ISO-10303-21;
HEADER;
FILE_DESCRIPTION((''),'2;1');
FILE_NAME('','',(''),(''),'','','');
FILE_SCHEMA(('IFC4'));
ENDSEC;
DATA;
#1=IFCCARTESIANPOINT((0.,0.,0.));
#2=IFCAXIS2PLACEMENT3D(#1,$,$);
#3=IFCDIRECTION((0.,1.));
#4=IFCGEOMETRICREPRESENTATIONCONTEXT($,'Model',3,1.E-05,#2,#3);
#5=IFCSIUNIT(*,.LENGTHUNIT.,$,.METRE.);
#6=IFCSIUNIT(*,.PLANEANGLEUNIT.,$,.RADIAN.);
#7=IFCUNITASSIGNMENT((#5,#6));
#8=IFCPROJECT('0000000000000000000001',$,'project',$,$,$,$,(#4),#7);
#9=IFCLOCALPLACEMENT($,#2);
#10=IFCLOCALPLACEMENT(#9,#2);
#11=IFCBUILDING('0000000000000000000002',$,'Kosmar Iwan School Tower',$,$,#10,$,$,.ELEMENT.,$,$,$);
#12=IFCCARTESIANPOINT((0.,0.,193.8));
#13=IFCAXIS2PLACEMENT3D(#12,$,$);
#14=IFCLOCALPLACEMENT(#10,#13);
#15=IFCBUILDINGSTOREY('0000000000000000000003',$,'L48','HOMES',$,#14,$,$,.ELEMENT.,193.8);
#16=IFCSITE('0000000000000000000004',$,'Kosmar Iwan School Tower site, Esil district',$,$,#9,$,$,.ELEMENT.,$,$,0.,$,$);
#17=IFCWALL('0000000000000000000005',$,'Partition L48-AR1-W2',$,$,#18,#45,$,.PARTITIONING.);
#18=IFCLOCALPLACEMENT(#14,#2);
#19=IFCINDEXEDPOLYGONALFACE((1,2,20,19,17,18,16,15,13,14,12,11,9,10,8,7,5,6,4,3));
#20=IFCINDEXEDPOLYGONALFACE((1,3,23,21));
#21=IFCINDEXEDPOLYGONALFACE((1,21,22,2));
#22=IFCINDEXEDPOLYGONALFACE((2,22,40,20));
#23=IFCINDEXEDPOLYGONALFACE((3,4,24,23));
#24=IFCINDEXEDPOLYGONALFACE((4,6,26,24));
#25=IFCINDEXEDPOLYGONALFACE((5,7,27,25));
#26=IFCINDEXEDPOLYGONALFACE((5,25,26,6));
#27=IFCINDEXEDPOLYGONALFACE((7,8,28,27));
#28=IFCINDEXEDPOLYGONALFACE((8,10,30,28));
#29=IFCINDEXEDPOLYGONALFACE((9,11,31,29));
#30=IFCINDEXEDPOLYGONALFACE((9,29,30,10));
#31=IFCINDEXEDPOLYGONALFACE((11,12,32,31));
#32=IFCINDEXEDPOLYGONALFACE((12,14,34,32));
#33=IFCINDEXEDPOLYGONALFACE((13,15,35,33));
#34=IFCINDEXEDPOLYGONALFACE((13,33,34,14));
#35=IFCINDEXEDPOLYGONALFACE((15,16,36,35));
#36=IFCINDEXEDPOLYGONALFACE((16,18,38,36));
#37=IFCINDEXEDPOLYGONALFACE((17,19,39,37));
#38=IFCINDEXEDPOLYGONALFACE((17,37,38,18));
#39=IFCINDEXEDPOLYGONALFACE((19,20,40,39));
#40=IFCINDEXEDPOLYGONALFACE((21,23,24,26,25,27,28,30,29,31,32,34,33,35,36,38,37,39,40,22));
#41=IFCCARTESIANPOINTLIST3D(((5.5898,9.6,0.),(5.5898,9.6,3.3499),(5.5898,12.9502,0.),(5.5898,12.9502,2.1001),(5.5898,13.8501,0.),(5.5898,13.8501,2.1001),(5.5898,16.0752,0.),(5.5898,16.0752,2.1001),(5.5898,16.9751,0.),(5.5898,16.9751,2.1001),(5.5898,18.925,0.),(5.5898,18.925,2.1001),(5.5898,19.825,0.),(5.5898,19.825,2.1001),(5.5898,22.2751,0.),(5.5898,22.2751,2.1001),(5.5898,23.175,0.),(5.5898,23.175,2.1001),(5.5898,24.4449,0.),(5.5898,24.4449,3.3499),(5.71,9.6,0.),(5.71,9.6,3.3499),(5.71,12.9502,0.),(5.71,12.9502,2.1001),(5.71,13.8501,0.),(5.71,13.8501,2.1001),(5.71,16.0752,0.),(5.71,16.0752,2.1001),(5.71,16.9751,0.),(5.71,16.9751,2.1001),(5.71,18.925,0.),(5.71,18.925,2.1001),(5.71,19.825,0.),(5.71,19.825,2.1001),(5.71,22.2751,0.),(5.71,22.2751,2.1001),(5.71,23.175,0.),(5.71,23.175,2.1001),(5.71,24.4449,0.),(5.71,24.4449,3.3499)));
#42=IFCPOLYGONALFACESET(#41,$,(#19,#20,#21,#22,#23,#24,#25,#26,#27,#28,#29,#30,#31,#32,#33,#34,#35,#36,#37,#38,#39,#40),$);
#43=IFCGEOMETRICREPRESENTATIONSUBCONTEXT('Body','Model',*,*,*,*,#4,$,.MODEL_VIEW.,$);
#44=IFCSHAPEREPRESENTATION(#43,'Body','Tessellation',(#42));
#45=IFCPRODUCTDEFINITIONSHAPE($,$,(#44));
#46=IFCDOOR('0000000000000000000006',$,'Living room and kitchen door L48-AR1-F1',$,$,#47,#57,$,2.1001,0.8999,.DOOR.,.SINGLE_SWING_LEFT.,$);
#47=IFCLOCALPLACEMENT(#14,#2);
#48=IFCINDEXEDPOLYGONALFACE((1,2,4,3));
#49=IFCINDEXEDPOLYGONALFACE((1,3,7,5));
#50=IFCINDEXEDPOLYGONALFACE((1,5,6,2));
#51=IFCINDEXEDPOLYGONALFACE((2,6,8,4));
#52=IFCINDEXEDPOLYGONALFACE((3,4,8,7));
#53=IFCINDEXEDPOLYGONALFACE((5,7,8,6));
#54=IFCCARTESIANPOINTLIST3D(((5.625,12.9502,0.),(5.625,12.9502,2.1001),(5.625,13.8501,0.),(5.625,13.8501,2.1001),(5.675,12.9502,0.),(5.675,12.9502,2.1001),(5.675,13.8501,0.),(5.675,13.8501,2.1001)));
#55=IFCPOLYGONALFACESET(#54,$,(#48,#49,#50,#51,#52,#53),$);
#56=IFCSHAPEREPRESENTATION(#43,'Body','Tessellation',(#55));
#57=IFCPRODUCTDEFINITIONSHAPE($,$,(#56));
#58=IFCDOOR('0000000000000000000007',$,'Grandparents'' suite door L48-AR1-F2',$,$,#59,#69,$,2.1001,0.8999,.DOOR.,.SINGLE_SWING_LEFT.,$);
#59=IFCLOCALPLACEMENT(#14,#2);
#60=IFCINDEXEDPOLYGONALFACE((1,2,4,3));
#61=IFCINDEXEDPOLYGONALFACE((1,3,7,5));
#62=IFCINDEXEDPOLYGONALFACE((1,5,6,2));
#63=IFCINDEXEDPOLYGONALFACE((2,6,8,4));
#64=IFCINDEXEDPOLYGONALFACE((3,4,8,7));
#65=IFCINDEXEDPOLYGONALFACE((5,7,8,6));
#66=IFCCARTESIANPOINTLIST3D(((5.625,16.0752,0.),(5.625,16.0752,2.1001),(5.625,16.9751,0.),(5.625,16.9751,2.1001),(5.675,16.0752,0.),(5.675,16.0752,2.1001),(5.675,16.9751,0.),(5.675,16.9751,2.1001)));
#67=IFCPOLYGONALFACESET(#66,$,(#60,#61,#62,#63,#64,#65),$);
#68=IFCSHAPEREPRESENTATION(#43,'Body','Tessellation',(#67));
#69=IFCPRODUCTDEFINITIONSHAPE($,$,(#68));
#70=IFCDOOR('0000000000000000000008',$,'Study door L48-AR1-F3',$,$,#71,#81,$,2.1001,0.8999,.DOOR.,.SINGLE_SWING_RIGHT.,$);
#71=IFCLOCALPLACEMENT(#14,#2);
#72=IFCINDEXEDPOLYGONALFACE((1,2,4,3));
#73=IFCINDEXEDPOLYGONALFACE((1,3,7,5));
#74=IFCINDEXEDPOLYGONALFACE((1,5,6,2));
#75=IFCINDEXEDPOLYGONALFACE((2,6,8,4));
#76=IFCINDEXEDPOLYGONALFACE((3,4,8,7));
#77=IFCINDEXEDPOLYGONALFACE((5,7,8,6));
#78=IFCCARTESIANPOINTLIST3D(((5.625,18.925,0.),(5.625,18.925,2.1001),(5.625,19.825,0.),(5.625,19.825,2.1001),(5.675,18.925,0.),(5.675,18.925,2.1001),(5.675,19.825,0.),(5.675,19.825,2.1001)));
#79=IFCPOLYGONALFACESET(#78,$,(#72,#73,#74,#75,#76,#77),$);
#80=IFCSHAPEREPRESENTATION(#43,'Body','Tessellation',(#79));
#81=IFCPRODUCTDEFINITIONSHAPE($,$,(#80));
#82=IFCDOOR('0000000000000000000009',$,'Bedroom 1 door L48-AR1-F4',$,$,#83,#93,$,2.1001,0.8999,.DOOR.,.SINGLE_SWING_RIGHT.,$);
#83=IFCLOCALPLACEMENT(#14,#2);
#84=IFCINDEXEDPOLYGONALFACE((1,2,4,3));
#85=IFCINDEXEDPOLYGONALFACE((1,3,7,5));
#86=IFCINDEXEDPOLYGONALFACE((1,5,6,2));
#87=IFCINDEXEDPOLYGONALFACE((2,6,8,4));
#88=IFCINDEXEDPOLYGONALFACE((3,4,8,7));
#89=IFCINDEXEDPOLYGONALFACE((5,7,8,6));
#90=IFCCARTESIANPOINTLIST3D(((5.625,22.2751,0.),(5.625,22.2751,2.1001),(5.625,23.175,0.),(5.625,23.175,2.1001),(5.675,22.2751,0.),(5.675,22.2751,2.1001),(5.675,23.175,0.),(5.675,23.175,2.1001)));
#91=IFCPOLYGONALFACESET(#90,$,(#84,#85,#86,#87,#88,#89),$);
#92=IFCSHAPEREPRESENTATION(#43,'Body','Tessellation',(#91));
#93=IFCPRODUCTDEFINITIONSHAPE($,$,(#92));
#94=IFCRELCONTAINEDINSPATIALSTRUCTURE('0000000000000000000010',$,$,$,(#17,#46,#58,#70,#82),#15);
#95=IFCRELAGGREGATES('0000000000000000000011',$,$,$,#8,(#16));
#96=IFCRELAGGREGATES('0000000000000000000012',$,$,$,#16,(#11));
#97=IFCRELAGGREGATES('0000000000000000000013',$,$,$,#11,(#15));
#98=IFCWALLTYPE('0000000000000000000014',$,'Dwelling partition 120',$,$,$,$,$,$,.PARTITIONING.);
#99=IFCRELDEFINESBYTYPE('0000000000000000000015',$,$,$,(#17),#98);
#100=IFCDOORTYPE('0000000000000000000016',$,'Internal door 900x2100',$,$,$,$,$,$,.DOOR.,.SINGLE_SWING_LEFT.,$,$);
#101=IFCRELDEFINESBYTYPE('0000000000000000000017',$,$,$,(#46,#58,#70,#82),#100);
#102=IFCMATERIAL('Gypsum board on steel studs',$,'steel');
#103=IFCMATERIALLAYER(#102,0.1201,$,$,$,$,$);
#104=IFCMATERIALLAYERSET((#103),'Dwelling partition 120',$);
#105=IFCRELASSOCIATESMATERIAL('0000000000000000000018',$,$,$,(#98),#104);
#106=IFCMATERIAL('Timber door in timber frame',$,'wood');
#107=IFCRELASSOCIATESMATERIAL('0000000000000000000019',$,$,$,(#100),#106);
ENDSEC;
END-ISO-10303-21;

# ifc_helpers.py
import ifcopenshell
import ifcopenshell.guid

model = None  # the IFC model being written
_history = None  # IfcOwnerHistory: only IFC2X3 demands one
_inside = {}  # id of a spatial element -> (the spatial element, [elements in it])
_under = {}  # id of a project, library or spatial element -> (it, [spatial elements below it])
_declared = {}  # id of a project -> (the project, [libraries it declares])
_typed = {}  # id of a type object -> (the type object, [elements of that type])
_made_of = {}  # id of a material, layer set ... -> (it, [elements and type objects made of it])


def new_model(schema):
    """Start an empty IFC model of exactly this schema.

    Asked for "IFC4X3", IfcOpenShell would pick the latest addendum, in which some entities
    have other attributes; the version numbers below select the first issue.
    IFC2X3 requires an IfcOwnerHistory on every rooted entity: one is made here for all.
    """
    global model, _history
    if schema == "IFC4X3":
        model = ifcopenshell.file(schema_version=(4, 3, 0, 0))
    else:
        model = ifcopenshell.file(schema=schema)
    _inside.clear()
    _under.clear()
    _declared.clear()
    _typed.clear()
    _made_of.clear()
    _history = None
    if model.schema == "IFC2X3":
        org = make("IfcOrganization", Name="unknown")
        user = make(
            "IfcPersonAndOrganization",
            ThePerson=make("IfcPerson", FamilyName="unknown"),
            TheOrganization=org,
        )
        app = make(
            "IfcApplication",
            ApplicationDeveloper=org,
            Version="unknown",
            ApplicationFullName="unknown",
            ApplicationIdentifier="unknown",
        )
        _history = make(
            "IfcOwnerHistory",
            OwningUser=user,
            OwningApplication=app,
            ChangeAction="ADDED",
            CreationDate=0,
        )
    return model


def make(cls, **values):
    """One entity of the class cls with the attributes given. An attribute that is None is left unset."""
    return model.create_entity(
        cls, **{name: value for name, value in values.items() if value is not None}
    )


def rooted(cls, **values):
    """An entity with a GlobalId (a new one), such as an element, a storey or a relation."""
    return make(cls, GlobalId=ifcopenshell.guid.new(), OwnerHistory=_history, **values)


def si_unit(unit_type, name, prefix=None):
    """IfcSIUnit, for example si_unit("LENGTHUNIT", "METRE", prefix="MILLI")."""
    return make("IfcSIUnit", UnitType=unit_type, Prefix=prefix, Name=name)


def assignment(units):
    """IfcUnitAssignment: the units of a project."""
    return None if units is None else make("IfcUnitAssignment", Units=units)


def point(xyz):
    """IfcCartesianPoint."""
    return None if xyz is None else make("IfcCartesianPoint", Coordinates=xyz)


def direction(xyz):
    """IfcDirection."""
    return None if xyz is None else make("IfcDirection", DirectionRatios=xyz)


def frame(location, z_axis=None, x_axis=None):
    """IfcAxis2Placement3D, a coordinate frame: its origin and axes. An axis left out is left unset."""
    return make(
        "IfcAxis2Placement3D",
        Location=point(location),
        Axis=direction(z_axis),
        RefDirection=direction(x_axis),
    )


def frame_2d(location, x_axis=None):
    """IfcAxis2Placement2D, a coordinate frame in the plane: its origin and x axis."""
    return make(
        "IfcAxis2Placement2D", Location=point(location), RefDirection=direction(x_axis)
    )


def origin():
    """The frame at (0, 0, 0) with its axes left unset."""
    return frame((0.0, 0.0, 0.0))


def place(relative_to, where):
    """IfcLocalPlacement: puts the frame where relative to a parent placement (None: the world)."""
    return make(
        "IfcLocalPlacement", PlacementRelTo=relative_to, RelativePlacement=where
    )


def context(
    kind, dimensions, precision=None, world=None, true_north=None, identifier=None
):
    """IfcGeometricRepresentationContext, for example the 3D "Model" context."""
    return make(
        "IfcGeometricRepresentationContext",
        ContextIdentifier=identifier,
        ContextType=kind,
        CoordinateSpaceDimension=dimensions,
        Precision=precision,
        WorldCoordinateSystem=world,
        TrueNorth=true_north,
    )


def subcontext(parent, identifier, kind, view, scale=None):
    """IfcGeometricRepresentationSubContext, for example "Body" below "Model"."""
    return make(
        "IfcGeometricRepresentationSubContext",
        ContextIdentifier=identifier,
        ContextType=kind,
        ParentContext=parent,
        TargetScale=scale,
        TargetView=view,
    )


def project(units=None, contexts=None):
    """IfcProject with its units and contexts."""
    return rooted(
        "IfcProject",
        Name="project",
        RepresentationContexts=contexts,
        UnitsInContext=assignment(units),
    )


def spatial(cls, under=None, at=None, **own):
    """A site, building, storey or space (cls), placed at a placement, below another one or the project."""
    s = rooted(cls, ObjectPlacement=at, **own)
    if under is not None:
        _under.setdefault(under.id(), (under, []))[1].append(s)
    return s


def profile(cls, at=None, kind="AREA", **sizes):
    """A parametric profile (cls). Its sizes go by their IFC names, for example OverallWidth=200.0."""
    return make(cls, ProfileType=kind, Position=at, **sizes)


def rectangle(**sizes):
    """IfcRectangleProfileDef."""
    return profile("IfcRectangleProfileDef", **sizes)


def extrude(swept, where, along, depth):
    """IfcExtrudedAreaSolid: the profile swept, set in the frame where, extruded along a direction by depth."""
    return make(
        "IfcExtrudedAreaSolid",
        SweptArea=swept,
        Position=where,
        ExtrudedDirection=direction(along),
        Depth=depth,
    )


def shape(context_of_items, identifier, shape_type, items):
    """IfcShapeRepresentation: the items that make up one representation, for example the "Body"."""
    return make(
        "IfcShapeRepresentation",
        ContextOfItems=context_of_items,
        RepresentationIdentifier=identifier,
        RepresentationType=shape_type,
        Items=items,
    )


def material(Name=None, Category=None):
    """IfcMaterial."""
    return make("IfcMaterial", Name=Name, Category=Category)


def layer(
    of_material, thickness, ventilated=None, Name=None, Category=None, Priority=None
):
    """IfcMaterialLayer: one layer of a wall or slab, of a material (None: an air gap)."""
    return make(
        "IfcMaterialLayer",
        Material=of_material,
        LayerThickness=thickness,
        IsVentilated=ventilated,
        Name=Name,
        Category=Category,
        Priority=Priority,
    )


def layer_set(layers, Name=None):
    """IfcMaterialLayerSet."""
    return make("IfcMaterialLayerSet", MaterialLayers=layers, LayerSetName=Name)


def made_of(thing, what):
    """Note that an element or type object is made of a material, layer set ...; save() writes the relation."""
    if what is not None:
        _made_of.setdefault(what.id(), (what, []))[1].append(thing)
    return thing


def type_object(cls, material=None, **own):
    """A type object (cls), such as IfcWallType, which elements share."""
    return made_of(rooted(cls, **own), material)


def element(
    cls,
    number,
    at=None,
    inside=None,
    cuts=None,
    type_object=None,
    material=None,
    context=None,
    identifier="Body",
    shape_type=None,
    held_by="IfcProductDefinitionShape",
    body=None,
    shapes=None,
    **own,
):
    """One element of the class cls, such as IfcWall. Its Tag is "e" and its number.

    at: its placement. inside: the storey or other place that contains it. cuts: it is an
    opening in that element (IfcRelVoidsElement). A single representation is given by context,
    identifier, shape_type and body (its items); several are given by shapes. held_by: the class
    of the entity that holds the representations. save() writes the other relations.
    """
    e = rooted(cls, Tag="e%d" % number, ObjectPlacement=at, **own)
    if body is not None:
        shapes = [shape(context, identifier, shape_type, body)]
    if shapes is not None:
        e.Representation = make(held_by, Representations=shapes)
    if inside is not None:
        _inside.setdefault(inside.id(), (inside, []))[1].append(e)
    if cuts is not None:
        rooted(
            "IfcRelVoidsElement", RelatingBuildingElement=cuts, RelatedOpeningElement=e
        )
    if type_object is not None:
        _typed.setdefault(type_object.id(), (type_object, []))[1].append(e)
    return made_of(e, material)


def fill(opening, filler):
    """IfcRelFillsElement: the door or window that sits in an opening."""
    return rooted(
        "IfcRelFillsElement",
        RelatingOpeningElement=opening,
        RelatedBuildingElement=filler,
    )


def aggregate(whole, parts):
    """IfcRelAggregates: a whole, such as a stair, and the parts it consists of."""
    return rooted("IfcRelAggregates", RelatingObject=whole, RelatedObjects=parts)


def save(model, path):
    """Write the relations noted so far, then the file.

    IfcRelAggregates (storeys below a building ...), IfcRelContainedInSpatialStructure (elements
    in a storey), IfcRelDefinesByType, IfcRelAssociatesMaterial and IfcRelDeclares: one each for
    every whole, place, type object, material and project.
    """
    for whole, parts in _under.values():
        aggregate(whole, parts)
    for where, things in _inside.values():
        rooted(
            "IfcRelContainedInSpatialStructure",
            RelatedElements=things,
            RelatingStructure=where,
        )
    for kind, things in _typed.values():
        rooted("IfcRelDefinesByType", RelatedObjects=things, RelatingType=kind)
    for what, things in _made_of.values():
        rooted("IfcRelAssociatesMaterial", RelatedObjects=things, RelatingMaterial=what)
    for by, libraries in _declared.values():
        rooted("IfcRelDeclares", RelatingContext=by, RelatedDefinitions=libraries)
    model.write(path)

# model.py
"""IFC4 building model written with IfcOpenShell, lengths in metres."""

from ifc_helpers import new_model, si_unit, direction, frame, frame_2d, origin, place, context, subcontext, project, spatial, rectangle, extrude, material, layer, layer_set, type_object, element, fill, save


model = new_model("IFC4")

# Units and contexts
model_context = context("Model", 3, precision=1e-05, world=origin(), true_north=direction((0.0, 1.0)))
body_context = subcontext(model_context, "Body", "Model", "MODEL_VIEW")
ifc_project = project(units=[si_unit("LENGTHUNIT", "METRE"), si_unit("PLANEANGLEUNIT", "RADIAN")], contexts=[model_context])

# Site, building, storey
site_placement = place(None, origin())
site = spatial("IfcSite", under=ifc_project, at=site_placement, Name="Kosmar Iwan School Tower site, Esil district", CompositionType="ELEMENT", RefElevation=0.0)
building_placement = place(site_placement, origin())
building = spatial("IfcBuilding", under=site, at=building_placement, Name="Kosmar Iwan School Tower", CompositionType="ELEMENT")
storey_placement = place(building_placement, frame((0.0, 0.0, 193.8)))
storey = spatial("IfcBuildingStorey", under=building, at=storey_placement, Name="L48", Description="HOMES", CompositionType="ELEMENT", Elevation=193.8)

# Wall, openings, doors
ifc_material_1 = material(Name="Gypsum board on steel studs", Category="steel")
ifc_layer_1 = layer(ifc_material_1, 0.1201)
ifc_layer_set_1 = layer_set([ifc_layer_1], Name="Dwelling partition 120")
wall_type_1 = type_object("IfcWallType", Name="Dwelling partition 120", PredefinedType="PARTITIONING", material=ifc_layer_set_1)
ifc_material_2 = material(Name="Timber door in timber frame", Category="wood")
door_type_1 = type_object("IfcDoorType", Name="Internal door 900x2100", OperationType="SINGLE_SWING_LEFT", PredefinedType="DOOR", material=ifc_material_2)
wall_1_placement = place(storey_placement, frame((5.6499, 9.6001, 0.0), z_axis=(0.0, 0.0, 1.0), x_axis=(0.0, 1.0, 0.0)))
wall_1 = element("IfcWall", 1, at=wall_1_placement, inside=storey, type_object=wall_type_1, Name="Partition L48-AR1-W2", PredefinedType="PARTITIONING", context=body_context, shape_type="SweptSolid", body=[
    extrude(rectangle(XDim=14.845, YDim=0.1201, at=frame_2d((7.4224, 0.0))), origin(), (0.0, 0.0, 1.0), 3.3499),
])
opening_1_placement = place(wall_1_placement, frame((3.3501, 0.0, 0.0)))
opening_1 = element("IfcOpeningElement", 2, at=opening_1_placement, cuts=wall_1, PredefinedType="OPENING", context=body_context, shape_type="SweptSolid", body=[
    extrude(rectangle(XDim=0.8999, YDim=2.1001, at=frame_2d((0.45, 1.05))), frame((0.0, 0.072, 0.0), z_axis=(0.0, -1.0, 0.0), x_axis=(1.0, 0.0, 0.0)), (0.0, 0.0, 1.0), 0.144),
])
opening_2_placement = place(wall_1_placement, frame((6.4751, 0.0, 0.0)))
opening_2 = element("IfcOpeningElement", 3, at=opening_2_placement, cuts=wall_1, PredefinedType="OPENING", context=body_context, shape_type="SweptSolid", body=[
    extrude(rectangle(XDim=0.8999, YDim=2.1001, at=frame_2d((0.45, 1.05))), frame((0.0, 0.072, 0.0), z_axis=(0.0, -1.0, 0.0), x_axis=(1.0, 0.0, 0.0)), (0.0, 0.0, 1.0), 0.144),
])
opening_3_placement = place(wall_1_placement, frame((9.325, 0.0, 0.0)))
opening_3 = element("IfcOpeningElement", 4, at=opening_3_placement, cuts=wall_1, PredefinedType="OPENING", context=body_context, shape_type="SweptSolid", body=[
    extrude(rectangle(XDim=0.8999, YDim=2.1001, at=frame_2d((0.45, 1.05))), frame((0.0, 0.072, 0.0), z_axis=(0.0, -1.0, 0.0), x_axis=(1.0, 0.0, 0.0)), (0.0, 0.0, 1.0), 0.144),
])
opening_4_placement = place(wall_1_placement, frame((12.675, 0.0, 0.0)))
opening_4 = element("IfcOpeningElement", 5, at=opening_4_placement, cuts=wall_1, PredefinedType="OPENING", context=body_context, shape_type="SweptSolid", body=[
    extrude(rectangle(XDim=0.8999, YDim=2.1001, at=frame_2d((0.45, 1.05))), frame((0.0, 0.072, 0.0), z_axis=(0.0, -1.0, 0.0), x_axis=(1.0, 0.0, 0.0)), (0.0, 0.0, 1.0), 0.144),
])
door_1_placement = place(opening_1_placement, origin())
door_1 = element("IfcDoor", 6, at=door_1_placement, inside=storey, type_object=door_type_1, Name="Living room and kitchen door L48-AR1-F1", OperationType="SINGLE_SWING_LEFT", OverallHeight=2.1001, OverallWidth=0.8999, PredefinedType="DOOR", context=body_context, shape_type="SweptSolid", body=[
    extrude(rectangle(XDim=0.8999, YDim=2.1001, at=frame_2d((0.45, 1.05))), frame((0.0, 0.0249, 0.0), z_axis=(0.0, -1.0, 0.0), x_axis=(1.0, 0.0, 0.0)), (0.0, 0.0, 1.0), 0.05),
])
fill(opening_1, door_1)
door_2_placement = place(opening_2_placement, origin())
door_2 = element("IfcDoor", 7, at=door_2_placement, inside=storey, type_object=door_type_1, Name="Grandparents' suite door L48-AR1-F2", OperationType="SINGLE_SWING_LEFT", OverallHeight=2.1001, OverallWidth=0.8999, PredefinedType="DOOR", context=body_context, shape_type="SweptSolid", body=[
    extrude(rectangle(XDim=0.8999, YDim=2.1001, at=frame_2d((0.45, 1.05))), frame((0.0, 0.0249, 0.0), z_axis=(0.0, -1.0, 0.0), x_axis=(1.0, 0.0, 0.0)), (0.0, 0.0, 1.0), 0.05),
])
fill(opening_2, door_2)
door_3_placement = place(opening_3_placement, origin())
door_3 = element("IfcDoor", 8, at=door_3_placement, inside=storey, type_object=door_type_1, Name="Study door L48-AR1-F3", OperationType="SINGLE_SWING_RIGHT", OverallHeight=2.1001, OverallWidth=0.8999, PredefinedType="DOOR", context=body_context, shape_type="SweptSolid", body=[
    extrude(rectangle(XDim=0.8999, YDim=2.1001, at=frame_2d((0.45, 1.05))), frame((0.0, 0.0249, 0.0), z_axis=(0.0, -1.0, 0.0), x_axis=(1.0, 0.0, 0.0)), (0.0, 0.0, 1.0), 0.05),
])
fill(opening_3, door_3)
door_4_placement = place(opening_4_placement, origin())
door_4 = element("IfcDoor", 9, at=door_4_placement, inside=storey, type_object=door_type_1, Name="Bedroom 1 door L48-AR1-F4", OperationType="SINGLE_SWING_RIGHT", OverallHeight=2.1001, OverallWidth=0.8999, PredefinedType="DOOR", context=body_context, shape_type="SweptSolid", body=[
    extrude(rectangle(XDim=0.8999, YDim=2.1001, at=frame_2d((0.45, 1.05))), frame((0.0, 0.0249, 0.0), z_axis=(0.0, -1.0, 0.0), x_axis=(1.0, 0.0, 0.0)), (0.0, 0.0, 1.0), 0.05),
])
fill(opening_4, door_4)

save(model, "model.ifc")
